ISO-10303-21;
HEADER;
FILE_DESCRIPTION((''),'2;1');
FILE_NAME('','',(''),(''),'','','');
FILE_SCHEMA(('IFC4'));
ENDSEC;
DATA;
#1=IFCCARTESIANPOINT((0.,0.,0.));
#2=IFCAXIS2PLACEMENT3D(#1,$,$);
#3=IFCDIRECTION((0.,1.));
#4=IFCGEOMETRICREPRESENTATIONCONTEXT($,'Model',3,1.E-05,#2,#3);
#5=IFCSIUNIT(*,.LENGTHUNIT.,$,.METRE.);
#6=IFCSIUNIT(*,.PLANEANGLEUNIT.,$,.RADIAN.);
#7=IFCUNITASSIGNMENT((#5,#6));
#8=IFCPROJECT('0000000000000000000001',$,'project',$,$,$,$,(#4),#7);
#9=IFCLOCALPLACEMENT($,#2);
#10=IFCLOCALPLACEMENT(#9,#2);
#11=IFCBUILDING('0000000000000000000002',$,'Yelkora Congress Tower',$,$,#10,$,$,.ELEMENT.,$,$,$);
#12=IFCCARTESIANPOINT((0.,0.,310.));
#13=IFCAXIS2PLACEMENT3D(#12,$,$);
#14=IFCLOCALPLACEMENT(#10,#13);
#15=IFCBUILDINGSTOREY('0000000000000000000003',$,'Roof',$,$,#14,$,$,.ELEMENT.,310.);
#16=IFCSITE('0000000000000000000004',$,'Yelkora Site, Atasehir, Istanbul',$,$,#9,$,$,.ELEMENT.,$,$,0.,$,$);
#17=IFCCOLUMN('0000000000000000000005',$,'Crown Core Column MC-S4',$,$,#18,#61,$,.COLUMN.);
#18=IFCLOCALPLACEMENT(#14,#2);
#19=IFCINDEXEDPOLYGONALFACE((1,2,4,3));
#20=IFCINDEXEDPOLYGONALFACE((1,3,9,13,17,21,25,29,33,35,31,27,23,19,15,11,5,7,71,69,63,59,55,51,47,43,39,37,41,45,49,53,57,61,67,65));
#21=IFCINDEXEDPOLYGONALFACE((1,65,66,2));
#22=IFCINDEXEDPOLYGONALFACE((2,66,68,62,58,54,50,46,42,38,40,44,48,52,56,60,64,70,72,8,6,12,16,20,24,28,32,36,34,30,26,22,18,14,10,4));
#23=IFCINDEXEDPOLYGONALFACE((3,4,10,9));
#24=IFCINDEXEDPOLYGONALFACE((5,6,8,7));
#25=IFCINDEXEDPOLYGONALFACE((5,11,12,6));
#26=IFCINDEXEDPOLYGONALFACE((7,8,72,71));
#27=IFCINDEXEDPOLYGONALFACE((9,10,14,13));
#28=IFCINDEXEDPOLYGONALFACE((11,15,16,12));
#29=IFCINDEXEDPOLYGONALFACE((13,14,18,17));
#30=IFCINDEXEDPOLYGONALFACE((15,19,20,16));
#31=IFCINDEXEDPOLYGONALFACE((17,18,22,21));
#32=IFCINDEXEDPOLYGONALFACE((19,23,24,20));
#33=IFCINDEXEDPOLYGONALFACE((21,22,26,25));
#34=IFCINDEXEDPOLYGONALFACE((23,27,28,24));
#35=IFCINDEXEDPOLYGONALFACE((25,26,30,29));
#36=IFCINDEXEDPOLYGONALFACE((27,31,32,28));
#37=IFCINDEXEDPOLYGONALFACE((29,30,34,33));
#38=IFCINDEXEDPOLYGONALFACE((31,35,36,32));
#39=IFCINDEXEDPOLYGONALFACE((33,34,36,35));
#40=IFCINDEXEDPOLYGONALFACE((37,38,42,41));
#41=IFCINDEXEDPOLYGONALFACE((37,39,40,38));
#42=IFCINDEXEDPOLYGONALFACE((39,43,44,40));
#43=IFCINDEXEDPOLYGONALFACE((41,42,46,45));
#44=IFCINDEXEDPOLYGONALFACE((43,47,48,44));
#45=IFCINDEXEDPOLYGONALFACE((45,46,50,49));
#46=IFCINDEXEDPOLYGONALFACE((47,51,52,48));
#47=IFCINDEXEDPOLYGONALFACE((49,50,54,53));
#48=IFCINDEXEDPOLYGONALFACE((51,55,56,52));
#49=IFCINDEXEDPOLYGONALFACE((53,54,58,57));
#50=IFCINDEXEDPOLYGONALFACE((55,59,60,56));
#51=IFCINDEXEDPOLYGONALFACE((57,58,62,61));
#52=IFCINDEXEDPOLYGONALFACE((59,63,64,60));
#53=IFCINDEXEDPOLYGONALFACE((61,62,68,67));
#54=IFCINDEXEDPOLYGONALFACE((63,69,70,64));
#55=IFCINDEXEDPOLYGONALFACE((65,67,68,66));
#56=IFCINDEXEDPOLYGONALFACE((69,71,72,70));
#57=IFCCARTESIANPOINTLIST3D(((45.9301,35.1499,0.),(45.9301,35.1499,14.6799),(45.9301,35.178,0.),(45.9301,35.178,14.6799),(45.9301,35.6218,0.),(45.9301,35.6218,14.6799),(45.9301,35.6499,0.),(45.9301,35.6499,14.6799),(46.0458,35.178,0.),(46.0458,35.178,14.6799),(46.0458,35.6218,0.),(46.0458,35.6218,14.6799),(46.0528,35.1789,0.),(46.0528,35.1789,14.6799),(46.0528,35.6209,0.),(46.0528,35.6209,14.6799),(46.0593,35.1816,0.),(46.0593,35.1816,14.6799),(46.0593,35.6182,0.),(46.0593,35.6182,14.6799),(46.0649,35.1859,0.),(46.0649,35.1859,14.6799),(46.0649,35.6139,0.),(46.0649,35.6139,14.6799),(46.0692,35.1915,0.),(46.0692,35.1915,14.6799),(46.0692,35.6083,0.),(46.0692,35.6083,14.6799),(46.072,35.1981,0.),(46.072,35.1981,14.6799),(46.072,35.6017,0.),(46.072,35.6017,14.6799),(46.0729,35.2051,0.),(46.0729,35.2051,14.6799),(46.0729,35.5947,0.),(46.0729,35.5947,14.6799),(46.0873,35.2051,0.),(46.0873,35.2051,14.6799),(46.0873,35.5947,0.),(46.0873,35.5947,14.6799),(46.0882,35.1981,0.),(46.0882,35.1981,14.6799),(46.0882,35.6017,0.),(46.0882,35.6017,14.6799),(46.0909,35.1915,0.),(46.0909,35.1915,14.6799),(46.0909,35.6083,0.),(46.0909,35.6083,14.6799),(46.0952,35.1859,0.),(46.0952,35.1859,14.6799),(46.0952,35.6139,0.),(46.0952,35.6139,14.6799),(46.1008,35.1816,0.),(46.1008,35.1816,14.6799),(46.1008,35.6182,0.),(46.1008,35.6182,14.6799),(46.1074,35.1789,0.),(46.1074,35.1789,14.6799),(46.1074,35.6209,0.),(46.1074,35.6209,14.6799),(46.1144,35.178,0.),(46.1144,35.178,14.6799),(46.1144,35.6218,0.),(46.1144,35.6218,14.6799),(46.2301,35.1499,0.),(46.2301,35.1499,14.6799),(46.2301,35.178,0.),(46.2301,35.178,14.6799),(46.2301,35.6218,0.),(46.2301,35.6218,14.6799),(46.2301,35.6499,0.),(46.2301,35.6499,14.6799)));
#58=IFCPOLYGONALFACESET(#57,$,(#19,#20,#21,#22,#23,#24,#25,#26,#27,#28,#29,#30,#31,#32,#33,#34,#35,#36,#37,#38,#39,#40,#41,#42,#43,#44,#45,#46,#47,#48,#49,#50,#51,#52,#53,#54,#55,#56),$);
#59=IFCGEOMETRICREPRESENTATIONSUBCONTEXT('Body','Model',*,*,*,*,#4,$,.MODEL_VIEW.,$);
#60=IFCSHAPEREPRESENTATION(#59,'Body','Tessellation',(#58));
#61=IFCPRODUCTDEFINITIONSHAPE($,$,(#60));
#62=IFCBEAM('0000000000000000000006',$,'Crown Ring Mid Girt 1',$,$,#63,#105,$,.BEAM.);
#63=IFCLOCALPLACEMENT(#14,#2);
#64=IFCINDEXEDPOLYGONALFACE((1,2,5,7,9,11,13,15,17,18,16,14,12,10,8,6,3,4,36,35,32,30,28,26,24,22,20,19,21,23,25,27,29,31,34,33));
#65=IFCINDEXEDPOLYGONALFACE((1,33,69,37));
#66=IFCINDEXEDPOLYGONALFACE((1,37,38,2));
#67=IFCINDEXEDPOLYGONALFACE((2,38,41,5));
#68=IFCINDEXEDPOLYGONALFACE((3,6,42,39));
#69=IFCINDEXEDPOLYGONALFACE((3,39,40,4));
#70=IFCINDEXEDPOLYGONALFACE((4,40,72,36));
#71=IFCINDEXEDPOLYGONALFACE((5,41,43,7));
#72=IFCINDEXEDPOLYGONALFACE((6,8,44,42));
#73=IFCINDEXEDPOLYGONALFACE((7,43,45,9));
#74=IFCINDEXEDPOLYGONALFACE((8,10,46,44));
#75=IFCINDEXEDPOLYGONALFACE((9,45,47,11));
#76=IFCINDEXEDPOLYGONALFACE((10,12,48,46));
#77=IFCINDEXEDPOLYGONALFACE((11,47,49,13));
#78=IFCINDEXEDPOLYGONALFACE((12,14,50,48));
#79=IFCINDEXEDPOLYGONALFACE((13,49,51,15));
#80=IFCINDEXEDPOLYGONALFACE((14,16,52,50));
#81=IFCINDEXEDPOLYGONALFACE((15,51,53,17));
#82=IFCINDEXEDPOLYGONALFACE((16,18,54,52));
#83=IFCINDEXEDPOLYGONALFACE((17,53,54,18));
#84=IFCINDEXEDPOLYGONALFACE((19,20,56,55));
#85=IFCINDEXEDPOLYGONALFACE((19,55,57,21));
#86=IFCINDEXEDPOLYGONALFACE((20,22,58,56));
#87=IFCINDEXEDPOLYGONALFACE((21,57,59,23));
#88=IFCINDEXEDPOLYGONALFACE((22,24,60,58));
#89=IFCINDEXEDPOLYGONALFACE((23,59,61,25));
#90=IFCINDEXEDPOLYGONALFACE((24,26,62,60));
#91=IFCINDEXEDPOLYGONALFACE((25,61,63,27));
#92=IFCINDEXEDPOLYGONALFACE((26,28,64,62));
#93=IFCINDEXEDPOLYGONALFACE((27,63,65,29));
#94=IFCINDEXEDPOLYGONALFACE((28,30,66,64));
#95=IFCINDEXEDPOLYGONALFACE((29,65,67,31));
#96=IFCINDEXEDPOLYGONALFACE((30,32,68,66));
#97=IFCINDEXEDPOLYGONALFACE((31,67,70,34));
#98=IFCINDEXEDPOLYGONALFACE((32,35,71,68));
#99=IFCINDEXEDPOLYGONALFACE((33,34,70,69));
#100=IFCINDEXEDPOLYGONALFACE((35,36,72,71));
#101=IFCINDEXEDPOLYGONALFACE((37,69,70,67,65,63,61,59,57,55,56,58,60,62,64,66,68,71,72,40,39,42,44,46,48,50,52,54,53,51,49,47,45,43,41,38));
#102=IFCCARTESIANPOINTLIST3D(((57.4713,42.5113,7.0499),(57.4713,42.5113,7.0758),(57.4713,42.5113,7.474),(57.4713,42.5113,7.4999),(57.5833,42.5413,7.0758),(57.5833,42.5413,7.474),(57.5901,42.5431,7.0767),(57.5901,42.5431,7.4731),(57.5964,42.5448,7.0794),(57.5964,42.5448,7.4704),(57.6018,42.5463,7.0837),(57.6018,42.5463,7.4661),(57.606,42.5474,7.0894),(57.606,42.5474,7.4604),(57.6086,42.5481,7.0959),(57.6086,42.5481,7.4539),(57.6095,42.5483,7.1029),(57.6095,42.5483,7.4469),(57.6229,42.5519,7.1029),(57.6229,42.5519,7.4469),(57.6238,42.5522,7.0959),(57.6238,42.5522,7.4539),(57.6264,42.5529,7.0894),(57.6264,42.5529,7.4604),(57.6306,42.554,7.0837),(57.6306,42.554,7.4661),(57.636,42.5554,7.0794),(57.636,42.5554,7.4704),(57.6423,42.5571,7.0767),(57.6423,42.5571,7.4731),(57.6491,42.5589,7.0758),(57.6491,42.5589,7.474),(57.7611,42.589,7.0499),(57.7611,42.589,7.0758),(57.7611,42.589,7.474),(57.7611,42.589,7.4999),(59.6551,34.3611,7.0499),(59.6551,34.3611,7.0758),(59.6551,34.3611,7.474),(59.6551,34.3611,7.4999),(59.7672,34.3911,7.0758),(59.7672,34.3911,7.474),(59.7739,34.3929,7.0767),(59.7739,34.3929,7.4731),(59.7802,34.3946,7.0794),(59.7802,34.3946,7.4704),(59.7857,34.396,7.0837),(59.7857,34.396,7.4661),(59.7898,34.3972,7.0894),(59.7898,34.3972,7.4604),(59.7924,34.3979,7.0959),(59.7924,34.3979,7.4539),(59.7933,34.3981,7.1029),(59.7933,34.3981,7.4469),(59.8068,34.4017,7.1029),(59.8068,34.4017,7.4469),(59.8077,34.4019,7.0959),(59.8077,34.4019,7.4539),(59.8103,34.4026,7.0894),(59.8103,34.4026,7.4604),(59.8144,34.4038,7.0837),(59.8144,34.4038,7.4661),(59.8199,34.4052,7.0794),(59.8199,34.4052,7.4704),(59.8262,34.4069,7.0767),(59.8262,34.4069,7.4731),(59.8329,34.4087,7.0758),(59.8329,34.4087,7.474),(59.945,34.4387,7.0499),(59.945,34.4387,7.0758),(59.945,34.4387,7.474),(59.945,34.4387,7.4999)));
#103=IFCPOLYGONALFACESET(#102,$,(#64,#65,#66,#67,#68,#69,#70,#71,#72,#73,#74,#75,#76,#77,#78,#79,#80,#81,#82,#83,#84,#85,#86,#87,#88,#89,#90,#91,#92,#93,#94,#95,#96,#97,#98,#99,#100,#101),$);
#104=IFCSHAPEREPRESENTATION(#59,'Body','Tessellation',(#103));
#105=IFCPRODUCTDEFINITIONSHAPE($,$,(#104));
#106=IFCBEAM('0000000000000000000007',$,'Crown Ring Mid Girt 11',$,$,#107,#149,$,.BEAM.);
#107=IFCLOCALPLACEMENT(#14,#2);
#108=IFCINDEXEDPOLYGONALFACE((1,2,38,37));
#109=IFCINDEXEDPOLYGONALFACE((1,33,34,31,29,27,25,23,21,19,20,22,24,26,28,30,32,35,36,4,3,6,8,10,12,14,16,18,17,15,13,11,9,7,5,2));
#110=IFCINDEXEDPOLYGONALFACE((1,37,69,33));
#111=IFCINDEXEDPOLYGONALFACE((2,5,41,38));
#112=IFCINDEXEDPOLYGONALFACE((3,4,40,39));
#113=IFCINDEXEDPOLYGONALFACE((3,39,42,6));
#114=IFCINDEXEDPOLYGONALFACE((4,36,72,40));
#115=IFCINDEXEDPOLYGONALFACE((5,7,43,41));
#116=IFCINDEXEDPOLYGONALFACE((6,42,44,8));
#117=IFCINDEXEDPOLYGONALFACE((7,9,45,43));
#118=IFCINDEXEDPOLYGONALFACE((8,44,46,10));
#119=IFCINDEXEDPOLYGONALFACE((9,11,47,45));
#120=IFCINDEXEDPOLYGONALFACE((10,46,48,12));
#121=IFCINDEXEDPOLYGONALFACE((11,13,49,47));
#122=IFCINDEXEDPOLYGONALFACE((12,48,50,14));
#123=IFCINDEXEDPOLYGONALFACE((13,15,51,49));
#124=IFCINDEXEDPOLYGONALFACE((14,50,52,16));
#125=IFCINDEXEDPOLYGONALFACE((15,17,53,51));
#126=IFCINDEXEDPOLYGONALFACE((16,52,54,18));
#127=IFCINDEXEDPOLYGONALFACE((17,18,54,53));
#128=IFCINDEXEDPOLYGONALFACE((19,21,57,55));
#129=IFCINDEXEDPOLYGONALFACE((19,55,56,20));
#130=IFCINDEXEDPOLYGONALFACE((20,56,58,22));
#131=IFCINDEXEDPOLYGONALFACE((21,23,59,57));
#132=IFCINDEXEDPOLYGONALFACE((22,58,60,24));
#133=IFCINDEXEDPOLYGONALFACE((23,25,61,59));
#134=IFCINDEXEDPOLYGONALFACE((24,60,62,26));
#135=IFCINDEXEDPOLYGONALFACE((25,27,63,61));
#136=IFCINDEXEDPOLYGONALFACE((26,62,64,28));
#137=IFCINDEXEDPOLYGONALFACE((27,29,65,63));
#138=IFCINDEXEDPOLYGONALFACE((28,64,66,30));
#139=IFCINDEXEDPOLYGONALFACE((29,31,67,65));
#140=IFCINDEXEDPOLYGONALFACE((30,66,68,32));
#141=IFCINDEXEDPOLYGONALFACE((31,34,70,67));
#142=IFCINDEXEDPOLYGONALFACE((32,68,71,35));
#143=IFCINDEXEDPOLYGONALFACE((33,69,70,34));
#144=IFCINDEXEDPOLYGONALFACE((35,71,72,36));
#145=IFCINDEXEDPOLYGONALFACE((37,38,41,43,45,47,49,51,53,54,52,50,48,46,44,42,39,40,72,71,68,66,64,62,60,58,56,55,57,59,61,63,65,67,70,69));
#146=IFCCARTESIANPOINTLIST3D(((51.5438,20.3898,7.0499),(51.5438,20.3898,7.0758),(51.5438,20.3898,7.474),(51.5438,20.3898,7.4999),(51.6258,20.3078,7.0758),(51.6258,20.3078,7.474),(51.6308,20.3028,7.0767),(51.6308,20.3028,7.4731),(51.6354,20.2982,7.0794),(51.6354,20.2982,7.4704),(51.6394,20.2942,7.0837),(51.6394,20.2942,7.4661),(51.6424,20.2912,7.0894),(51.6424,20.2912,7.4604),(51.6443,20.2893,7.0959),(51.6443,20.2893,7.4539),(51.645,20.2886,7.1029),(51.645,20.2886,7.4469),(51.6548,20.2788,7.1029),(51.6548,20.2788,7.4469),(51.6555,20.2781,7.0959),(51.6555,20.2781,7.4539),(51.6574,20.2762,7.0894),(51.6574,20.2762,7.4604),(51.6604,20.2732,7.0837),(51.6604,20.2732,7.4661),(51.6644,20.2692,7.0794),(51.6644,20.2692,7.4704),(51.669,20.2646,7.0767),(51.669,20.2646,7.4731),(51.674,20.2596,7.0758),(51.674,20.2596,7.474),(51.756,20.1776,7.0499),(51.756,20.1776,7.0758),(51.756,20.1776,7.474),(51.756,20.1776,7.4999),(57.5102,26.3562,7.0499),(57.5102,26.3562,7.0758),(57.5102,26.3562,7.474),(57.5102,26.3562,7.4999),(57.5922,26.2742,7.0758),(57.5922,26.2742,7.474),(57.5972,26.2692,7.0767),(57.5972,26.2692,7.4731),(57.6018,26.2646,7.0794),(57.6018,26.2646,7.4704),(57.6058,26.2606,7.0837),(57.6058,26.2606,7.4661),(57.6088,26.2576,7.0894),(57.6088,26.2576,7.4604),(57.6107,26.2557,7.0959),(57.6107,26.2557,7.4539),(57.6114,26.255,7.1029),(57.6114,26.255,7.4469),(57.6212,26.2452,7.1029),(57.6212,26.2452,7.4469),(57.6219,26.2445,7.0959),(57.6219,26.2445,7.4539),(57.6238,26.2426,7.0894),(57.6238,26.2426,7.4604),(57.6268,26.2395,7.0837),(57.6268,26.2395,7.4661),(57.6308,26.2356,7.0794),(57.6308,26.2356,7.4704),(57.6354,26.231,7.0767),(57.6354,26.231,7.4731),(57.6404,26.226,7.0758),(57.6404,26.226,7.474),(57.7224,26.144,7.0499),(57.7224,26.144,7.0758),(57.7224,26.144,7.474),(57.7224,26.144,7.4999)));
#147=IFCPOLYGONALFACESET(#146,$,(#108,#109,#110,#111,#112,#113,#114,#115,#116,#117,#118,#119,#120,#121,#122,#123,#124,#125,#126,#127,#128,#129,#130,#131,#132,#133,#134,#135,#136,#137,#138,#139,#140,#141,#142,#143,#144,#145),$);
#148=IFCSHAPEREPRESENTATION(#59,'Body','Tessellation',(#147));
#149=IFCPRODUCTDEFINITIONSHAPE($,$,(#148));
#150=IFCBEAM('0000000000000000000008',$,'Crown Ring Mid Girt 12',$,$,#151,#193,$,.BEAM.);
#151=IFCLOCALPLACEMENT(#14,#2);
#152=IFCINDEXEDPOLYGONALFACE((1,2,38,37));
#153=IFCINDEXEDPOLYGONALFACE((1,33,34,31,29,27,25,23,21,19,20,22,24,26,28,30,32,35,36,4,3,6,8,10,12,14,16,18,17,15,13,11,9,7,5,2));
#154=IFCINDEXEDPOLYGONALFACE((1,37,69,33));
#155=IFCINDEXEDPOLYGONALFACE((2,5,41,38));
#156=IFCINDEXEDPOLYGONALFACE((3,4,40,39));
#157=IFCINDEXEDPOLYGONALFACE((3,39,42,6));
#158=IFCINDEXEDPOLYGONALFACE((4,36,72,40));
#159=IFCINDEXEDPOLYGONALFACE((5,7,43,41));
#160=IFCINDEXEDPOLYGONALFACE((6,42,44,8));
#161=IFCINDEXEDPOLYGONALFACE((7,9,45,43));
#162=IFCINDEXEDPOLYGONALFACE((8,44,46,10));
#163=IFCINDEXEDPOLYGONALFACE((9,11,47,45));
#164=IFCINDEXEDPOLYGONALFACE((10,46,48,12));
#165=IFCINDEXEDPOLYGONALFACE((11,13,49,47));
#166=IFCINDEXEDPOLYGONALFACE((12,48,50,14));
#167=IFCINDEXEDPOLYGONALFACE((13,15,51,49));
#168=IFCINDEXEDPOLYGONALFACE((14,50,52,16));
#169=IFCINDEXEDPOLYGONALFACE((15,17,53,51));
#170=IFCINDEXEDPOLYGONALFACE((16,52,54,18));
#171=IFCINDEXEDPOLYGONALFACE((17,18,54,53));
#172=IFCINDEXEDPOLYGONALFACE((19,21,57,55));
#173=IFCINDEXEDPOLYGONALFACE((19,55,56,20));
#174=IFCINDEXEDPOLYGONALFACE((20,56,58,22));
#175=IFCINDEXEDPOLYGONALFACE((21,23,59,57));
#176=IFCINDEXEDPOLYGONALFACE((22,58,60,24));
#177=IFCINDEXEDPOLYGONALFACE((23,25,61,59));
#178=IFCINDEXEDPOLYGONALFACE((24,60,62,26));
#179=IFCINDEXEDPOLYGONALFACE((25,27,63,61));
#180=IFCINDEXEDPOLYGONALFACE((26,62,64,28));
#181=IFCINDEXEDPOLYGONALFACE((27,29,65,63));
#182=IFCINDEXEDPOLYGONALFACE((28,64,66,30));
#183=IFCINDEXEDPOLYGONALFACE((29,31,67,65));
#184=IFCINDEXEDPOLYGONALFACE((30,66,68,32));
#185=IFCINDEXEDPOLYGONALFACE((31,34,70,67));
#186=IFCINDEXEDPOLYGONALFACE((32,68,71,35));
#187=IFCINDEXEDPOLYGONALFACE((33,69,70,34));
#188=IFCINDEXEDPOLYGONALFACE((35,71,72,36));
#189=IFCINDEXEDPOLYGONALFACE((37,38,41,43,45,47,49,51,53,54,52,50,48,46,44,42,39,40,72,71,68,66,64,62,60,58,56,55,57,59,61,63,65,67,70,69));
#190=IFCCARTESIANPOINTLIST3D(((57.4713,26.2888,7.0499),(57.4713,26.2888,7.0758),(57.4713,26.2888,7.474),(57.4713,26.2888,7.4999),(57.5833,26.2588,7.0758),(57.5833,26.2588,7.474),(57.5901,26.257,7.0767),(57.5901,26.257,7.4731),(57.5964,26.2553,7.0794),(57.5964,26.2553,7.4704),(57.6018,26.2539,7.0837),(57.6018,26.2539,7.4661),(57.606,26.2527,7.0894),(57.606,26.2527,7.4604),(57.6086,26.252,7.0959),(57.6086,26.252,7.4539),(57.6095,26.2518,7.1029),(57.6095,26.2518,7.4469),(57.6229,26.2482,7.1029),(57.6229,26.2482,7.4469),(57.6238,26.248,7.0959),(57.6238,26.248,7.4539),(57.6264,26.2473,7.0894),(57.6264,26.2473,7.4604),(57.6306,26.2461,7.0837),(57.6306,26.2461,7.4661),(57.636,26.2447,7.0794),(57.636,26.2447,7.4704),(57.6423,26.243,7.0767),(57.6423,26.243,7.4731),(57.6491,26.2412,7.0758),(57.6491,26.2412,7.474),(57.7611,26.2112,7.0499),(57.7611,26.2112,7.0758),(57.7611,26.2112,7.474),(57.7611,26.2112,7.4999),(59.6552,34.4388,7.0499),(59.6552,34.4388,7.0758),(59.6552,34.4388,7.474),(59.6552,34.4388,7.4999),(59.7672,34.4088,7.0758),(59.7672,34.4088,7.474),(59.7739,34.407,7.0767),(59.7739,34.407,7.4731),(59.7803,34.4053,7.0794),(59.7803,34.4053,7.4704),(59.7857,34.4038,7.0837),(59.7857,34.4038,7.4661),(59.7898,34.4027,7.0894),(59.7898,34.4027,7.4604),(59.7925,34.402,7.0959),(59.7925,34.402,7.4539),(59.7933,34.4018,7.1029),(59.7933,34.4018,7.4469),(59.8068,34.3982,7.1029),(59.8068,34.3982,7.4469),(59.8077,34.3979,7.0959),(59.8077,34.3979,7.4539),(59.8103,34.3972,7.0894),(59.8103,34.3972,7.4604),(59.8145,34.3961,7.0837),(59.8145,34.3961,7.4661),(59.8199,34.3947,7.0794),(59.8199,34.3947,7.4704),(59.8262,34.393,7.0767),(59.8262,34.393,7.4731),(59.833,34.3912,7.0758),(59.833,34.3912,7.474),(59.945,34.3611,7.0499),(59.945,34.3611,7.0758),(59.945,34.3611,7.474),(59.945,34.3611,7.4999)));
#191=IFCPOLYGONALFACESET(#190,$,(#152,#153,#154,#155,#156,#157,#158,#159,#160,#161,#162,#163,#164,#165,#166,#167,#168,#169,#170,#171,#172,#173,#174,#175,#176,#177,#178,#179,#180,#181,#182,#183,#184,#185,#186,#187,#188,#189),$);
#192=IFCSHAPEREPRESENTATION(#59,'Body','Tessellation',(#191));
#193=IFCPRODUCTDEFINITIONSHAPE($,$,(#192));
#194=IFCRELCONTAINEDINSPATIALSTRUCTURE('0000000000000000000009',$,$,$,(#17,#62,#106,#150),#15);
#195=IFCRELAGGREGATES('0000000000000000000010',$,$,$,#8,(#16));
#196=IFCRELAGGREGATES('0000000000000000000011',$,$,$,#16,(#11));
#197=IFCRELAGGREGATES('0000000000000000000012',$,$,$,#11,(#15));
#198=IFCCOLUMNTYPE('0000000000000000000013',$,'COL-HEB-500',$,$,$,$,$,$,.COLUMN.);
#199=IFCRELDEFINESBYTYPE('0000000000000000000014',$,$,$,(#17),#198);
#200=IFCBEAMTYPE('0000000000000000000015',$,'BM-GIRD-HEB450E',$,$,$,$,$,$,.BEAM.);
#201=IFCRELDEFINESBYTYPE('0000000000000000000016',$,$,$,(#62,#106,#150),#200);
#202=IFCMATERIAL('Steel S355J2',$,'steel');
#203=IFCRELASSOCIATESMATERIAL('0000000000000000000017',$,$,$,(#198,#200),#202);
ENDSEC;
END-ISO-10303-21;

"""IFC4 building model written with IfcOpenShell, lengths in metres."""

from ifc_helpers import new_model, si_unit, direction, frame, origin, origin_2d, place, context, subcontext, project, spatial, i_section, extrude, material, material_profile, profile_set, type_object, element, save


model = new_model("IFC4")

# Units and contexts
model_context = context("Model", 3, precision=1e-05, world=origin(), true_north=direction((0.0, 1.0)))
body_context = subcontext(model_context, "Body", "Model", "MODEL_VIEW")
ifc_project = project(units=[si_unit("LENGTHUNIT", "METRE"), si_unit("PLANEANGLEUNIT", "RADIAN")], contexts=[model_context])

# Site, building, storey
site_placement = place(None, origin())
site = spatial("IfcSite", under=ifc_project, at=site_placement, Name="Yelkora Site, Atasehir, Istanbul", CompositionType="ELEMENT", RefElevation=0.0)
building_placement = place(site_placement, origin())
building = spatial("IfcBuilding", under=site, at=building_placement, Name="Yelkora Congress Tower", CompositionType="ELEMENT")
storey_placement = place(building_placement, frame((0.0, 0.0, 310.0)))
storey = spatial("IfcBuildingStorey", under=building, at=storey_placement, Name="Roof", CompositionType="ELEMENT", Elevation=310.0)

# Column
ifc_material_1 = material(Name="Steel S355J2", Category="steel")
ifc_material_profile_1 = material_profile(ifc_material_1, i_section(OverallWidth=0.3, OverallDepth=0.5, WebThickness=0.0144, FlangeThickness=0.0281, FilletRadius=0.0271, at=origin_2d()), Name="HEB 500")
ifc_profile_set_1 = profile_set([ifc_material_profile_1], Name="Steel S355J2")
column_type_1 = type_object("IfcColumnType", Name="COL-HEB-500", PredefinedType="COLUMN", material=ifc_profile_set_1)
for number, where, z_axis, x_axis, name in (
    (1, (46.0801, 35.3999, 0.0), (0.0, 0.0, 1.0), (1.0, 0.0, 0.0), "Crown Core Column MC-S4"),
):
    element("IfcColumn", number, at=place(storey_placement, frame(where, z_axis=z_axis, x_axis=x_axis)), inside=storey, type_object=column_type_1, Name=name, PredefinedType="COLUMN", context=body_context, shape_type="SweptSolid", body=[
        extrude(i_section(OverallWidth=0.3, OverallDepth=0.5, WebThickness=0.0144, FlangeThickness=0.0281, FilletRadius=0.0271, at=origin_2d()), origin(), (0.0, 0.0, 1.0), 14.6799),
    ])

# Beams
ifc_material_profile_2 = material_profile(ifc_material_1, i_section(OverallWidth=0.3, OverallDepth=0.45, WebThickness=0.0139, FlangeThickness=0.0259, FilletRadius=0.0271, at=origin_2d()), Name="HEB 450")
ifc_profile_set_2 = profile_set([ifc_material_profile_2], Name="Steel S355J2")
beam_type_1 = type_object("IfcBeamType", Name="BM-GIRD-HEB450E", PredefinedType="BEAM", material=ifc_profile_set_2)
for number, where, z_axis, x_axis, name in (
    (2, (59.8, 34.3999, 7.2749), (-0.25882, 0.965925, 0.0), (-0.965925, -0.25882, 0.0), "Crown Ring Mid Girt 1"),
    (3, (51.6499, 20.2837, 7.2749), (0.707107, 0.707107, 0.0), (-0.707107, 0.707107, 0.0), "Crown Ring Mid Girt 11"),
):
    element("IfcBeam", number, at=place(storey_placement, frame(where, z_axis=z_axis, x_axis=x_axis)), inside=storey, type_object=beam_type_1, Name=name, PredefinedType="BEAM", context=body_context, shape_type="SweptSolid", body=[
        extrude(i_section(OverallWidth=0.3, OverallDepth=0.45, WebThickness=0.0139, FlangeThickness=0.0259, FilletRadius=0.0271, at=origin_2d()), origin(), (0.0, 0.0, 1.0), 8.4377),
    ])
beam_1_placement = place(storey_placement, frame((57.6162, 26.25, 7.2749), z_axis=(0.258828, 0.965924, 0.0), x_axis=(-0.965924, 0.258828, 0.0)))
element("IfcBeam", 4, at=beam_1_placement, inside=storey, type_object=beam_type_1, Name="Crown Ring Mid Girt 12", PredefinedType="BEAM", context=body_context, shape_type="SweptSolid", body=[
    extrude(i_section(OverallWidth=0.3, OverallDepth=0.45, WebThickness=0.0139, FlangeThickness=0.0259, FilletRadius=0.0271, at=origin_2d()), origin(), (0.0, 0.0, 1.0), 8.4375),
])

save(model, "model.ifc")
